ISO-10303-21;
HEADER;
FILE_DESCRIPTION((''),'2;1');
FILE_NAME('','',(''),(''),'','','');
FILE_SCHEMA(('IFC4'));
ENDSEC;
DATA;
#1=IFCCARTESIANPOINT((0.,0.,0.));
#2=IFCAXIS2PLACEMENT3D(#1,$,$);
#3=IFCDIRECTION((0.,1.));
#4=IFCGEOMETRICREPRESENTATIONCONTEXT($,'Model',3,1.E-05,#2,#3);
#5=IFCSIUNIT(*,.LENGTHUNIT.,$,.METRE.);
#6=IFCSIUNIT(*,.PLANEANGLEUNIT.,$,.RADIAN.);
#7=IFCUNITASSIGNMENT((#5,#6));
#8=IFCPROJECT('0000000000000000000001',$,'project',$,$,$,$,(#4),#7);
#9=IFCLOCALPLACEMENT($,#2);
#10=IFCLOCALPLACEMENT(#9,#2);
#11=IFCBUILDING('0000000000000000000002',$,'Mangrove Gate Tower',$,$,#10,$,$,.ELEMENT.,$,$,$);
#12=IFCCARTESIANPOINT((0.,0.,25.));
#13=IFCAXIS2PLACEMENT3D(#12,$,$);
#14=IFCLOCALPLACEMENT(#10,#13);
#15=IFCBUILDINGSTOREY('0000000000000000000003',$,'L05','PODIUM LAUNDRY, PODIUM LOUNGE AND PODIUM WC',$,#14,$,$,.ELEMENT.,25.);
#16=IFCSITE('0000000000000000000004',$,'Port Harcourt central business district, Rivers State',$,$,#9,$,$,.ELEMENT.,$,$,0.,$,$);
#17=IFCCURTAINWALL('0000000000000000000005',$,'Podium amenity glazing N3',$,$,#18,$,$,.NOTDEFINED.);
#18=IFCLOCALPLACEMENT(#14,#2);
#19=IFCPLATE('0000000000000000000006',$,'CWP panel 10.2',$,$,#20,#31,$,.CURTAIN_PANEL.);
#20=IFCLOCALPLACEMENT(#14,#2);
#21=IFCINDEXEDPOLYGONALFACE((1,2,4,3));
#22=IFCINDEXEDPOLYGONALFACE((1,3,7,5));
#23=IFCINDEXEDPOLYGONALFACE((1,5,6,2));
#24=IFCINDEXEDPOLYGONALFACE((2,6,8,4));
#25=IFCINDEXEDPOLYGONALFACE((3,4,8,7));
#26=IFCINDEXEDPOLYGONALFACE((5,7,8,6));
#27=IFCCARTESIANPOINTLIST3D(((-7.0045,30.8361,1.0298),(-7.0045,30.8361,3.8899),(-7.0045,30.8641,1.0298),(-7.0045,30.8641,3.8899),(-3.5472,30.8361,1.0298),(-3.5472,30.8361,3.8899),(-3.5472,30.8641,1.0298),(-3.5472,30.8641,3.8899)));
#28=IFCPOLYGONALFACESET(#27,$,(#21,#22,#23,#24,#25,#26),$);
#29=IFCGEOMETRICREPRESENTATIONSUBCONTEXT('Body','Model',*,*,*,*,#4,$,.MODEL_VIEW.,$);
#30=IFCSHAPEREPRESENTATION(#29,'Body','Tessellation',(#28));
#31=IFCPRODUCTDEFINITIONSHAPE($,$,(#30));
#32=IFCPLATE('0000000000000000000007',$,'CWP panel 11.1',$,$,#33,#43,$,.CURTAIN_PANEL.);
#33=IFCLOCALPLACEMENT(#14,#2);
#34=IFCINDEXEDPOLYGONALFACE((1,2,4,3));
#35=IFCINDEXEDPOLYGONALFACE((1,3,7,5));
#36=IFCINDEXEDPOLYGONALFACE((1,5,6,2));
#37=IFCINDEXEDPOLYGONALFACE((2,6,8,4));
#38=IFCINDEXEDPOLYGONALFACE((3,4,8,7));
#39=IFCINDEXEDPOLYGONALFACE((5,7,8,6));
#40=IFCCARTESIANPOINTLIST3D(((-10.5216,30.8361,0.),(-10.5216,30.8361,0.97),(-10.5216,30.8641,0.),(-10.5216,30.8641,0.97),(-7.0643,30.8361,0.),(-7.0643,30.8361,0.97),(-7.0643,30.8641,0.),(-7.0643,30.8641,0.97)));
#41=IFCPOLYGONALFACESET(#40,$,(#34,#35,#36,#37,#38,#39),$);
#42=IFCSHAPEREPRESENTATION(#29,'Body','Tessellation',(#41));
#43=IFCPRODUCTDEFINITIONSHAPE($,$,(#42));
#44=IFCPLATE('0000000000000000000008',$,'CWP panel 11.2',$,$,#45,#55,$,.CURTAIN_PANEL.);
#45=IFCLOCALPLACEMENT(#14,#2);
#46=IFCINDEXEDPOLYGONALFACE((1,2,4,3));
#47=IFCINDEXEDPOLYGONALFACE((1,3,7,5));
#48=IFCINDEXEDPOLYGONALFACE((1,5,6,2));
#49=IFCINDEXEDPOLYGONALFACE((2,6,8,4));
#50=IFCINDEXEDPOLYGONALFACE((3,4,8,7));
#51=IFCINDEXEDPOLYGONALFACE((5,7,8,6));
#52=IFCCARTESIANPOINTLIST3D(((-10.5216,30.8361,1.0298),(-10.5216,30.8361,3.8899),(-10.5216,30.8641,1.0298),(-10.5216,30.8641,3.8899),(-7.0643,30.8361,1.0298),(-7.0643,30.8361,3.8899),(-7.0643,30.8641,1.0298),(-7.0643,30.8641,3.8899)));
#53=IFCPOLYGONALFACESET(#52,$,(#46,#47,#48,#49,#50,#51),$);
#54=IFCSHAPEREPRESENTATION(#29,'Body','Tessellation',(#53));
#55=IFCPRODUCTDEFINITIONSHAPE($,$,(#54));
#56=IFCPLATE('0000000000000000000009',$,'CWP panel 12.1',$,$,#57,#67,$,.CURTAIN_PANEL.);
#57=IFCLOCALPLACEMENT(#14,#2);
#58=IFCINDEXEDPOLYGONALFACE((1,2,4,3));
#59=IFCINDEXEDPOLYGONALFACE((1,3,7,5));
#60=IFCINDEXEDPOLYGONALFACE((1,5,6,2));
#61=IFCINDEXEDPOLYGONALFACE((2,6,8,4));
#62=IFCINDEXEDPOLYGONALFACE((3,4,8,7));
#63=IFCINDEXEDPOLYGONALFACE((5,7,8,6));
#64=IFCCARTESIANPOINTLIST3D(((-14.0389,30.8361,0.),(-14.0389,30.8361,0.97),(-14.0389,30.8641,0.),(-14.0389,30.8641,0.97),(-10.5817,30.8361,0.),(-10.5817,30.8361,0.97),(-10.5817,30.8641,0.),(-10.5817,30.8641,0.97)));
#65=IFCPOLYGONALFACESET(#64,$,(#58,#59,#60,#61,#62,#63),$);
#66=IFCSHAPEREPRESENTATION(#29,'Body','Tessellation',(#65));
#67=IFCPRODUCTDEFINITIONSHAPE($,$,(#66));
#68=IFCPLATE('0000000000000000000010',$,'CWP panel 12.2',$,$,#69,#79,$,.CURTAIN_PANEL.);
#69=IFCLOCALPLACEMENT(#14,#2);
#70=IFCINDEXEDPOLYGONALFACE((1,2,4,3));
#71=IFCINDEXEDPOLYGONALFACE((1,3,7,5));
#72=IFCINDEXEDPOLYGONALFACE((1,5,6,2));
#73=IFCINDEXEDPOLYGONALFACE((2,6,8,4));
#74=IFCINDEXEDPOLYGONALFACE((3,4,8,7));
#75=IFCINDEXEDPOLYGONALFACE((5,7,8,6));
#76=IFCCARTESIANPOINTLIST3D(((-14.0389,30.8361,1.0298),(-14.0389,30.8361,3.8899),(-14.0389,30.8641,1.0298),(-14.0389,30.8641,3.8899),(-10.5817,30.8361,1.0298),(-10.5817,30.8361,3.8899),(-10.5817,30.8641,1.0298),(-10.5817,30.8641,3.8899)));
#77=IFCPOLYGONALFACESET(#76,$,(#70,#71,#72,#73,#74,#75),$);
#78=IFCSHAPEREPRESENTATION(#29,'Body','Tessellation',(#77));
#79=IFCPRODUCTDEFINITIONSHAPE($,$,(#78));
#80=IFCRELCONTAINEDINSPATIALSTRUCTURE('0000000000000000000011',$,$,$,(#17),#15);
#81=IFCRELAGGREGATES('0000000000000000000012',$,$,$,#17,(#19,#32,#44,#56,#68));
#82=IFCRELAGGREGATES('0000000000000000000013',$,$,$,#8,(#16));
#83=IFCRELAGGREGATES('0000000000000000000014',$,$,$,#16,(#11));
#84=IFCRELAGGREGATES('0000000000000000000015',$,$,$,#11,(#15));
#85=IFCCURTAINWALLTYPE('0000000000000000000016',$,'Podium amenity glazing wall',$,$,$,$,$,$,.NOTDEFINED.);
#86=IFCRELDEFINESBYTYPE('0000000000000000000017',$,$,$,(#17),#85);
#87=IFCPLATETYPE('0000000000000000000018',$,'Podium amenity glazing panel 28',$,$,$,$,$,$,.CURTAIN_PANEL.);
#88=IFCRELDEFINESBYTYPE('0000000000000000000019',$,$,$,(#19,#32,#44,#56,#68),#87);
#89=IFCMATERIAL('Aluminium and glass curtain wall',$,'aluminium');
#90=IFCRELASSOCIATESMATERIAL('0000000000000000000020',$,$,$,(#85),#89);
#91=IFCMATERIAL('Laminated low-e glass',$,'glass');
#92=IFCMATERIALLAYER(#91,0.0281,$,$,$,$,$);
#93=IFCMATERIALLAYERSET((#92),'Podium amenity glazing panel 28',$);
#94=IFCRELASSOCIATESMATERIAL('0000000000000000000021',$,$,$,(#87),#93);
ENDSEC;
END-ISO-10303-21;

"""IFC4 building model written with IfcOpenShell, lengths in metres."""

from ifc_helpers import new_model, si_unit, direction, frame, origin, origin_2d, place, context, subcontext, project, spatial, rectangle, extrude, material, layer, layer_set, type_object, element, aggregate, save


model = new_model("IFC4")

# Units and contexts
model_context = context("Model", 3, precision=1e-05, world=origin(), true_north=direction((0.0, 1.0)))
body_context = subcontext(model_context, "Body", "Model", "MODEL_VIEW")
ifc_project = project(units=[si_unit("LENGTHUNIT", "METRE"), si_unit("PLANEANGLEUNIT", "RADIAN")], contexts=[model_context])

# Site, building, storey
site_placement = place(None, origin())
site = spatial("IfcSite", under=ifc_project, at=site_placement, Name="Port Harcourt central business district, Rivers State", CompositionType="ELEMENT", RefElevation=0.0)
building_placement = place(site_placement, origin())
building = spatial("IfcBuilding", under=site, at=building_placement, Name="Mangrove Gate Tower", CompositionType="ELEMENT")
storey_placement = place(building_placement, frame((0.0, 0.0, 25.0)))
storey = spatial("IfcBuildingStorey", under=building, at=storey_placement, Name="L05", Description="PODIUM LAUNDRY, PODIUM LOUNGE AND PODIUM WC", CompositionType="ELEMENT", Elevation=25.0)

# Curtain wall, plates
ifc_material_1 = material(Name="Aluminium and glass curtain wall", Category="aluminium")
curtain_wall_type = type_object("IfcCurtainWallType", Name="Podium amenity glazing wall", PredefinedType="NOTDEFINED", material=ifc_material_1)
curtain_wall_placement = place(storey_placement, origin())
curtain_wall = element("IfcCurtainWall", 1, at=curtain_wall_placement, inside=storey, type_object=curtain_wall_type, Name="Podium amenity glazing N3", PredefinedType="NOTDEFINED")
ifc_material_2 = material(Name="Laminated low-e glass", Category="glass")
ifc_layer = layer(ifc_material_2, 0.0281)
ifc_layer_set = layer_set([ifc_layer], Name="Podium amenity glazing panel 28")
plate_type = type_object("IfcPlateType", Name="Podium amenity glazing panel 28", PredefinedType="CURTAIN_PANEL", material=ifc_layer_set)
plate_1_placement = place(storey_placement, frame((-5.2759, 30.8501, 1.0298), z_axis=(0.0, 0.0, 1.0), x_axis=(-1.0, 0.0, 0.0)))
plate_1 = element("IfcPlate", 2, at=plate_1_placement, type_object=plate_type, Name="CWP panel 10.2", PredefinedType="CURTAIN_PANEL", context=body_context, shape_type="SweptSolid", body=[
    extrude(rectangle(XDim=3.4573, YDim=0.0281, at=origin_2d()), origin(), (0.0, 0.0, 1.0), 2.8601),
])
plate_2_placement = place(storey_placement, frame((-8.793, 30.8501, 0.0), z_axis=(0.0, 0.0, 1.0), x_axis=(-1.0, 0.0, 0.0)))
plate_2 = element("IfcPlate", 3, at=plate_2_placement, type_object=plate_type, Name="CWP panel 11.1", PredefinedType="CURTAIN_PANEL", context=body_context, shape_type="SweptSolid", body=[
    extrude(rectangle(XDim=3.4573, YDim=0.0281, at=origin_2d()), origin(), (0.0, 0.0, 1.0), 0.97),
])
plate_3_placement = place(storey_placement, frame((-8.793, 30.8501, 1.0298), z_axis=(0.0, 0.0, 1.0), x_axis=(-1.0, 0.0, 0.0)))
plate_3 = element("IfcPlate", 4, at=plate_3_placement, type_object=plate_type, Name="CWP panel 11.2", PredefinedType="CURTAIN_PANEL", context=body_context, shape_type="SweptSolid", body=[
    extrude(rectangle(XDim=3.4573, YDim=0.0281, at=origin_2d()), origin(), (0.0, 0.0, 1.0), 2.8601),
])
plate_4_placement = place(storey_placement, frame((-12.3103, 30.8501, 0.0), z_axis=(0.0, 0.0, 1.0), x_axis=(-1.0, 0.0, 0.0)))
plate_4 = element("IfcPlate", 5, at=plate_4_placement, type_object=plate_type, Name="CWP panel 12.1", PredefinedType="CURTAIN_PANEL", context=body_context, shape_type="SweptSolid", body=[
    extrude(rectangle(XDim=3.4573, YDim=0.0281, at=origin_2d()), origin(), (0.0, 0.0, 1.0), 0.97),
])
plate_5_placement = place(storey_placement, frame((-12.3103, 30.8501, 1.0298), z_axis=(0.0, 0.0, 1.0), x_axis=(-1.0, 0.0, 0.0)))
plate_5 = element("IfcPlate", 6, at=plate_5_placement, type_object=plate_type, Name="CWP panel 12.2", PredefinedType="CURTAIN_PANEL", context=body_context, shape_type="SweptSolid", body=[
    extrude(rectangle(XDim=3.4573, YDim=0.0281, at=origin_2d()), origin(), (0.0, 0.0, 1.0), 2.8601),
])
aggregate(curtain_wall, [plate_1, plate_2, plate_3, plate_4, plate_5])

save(model, "model.ifc")
